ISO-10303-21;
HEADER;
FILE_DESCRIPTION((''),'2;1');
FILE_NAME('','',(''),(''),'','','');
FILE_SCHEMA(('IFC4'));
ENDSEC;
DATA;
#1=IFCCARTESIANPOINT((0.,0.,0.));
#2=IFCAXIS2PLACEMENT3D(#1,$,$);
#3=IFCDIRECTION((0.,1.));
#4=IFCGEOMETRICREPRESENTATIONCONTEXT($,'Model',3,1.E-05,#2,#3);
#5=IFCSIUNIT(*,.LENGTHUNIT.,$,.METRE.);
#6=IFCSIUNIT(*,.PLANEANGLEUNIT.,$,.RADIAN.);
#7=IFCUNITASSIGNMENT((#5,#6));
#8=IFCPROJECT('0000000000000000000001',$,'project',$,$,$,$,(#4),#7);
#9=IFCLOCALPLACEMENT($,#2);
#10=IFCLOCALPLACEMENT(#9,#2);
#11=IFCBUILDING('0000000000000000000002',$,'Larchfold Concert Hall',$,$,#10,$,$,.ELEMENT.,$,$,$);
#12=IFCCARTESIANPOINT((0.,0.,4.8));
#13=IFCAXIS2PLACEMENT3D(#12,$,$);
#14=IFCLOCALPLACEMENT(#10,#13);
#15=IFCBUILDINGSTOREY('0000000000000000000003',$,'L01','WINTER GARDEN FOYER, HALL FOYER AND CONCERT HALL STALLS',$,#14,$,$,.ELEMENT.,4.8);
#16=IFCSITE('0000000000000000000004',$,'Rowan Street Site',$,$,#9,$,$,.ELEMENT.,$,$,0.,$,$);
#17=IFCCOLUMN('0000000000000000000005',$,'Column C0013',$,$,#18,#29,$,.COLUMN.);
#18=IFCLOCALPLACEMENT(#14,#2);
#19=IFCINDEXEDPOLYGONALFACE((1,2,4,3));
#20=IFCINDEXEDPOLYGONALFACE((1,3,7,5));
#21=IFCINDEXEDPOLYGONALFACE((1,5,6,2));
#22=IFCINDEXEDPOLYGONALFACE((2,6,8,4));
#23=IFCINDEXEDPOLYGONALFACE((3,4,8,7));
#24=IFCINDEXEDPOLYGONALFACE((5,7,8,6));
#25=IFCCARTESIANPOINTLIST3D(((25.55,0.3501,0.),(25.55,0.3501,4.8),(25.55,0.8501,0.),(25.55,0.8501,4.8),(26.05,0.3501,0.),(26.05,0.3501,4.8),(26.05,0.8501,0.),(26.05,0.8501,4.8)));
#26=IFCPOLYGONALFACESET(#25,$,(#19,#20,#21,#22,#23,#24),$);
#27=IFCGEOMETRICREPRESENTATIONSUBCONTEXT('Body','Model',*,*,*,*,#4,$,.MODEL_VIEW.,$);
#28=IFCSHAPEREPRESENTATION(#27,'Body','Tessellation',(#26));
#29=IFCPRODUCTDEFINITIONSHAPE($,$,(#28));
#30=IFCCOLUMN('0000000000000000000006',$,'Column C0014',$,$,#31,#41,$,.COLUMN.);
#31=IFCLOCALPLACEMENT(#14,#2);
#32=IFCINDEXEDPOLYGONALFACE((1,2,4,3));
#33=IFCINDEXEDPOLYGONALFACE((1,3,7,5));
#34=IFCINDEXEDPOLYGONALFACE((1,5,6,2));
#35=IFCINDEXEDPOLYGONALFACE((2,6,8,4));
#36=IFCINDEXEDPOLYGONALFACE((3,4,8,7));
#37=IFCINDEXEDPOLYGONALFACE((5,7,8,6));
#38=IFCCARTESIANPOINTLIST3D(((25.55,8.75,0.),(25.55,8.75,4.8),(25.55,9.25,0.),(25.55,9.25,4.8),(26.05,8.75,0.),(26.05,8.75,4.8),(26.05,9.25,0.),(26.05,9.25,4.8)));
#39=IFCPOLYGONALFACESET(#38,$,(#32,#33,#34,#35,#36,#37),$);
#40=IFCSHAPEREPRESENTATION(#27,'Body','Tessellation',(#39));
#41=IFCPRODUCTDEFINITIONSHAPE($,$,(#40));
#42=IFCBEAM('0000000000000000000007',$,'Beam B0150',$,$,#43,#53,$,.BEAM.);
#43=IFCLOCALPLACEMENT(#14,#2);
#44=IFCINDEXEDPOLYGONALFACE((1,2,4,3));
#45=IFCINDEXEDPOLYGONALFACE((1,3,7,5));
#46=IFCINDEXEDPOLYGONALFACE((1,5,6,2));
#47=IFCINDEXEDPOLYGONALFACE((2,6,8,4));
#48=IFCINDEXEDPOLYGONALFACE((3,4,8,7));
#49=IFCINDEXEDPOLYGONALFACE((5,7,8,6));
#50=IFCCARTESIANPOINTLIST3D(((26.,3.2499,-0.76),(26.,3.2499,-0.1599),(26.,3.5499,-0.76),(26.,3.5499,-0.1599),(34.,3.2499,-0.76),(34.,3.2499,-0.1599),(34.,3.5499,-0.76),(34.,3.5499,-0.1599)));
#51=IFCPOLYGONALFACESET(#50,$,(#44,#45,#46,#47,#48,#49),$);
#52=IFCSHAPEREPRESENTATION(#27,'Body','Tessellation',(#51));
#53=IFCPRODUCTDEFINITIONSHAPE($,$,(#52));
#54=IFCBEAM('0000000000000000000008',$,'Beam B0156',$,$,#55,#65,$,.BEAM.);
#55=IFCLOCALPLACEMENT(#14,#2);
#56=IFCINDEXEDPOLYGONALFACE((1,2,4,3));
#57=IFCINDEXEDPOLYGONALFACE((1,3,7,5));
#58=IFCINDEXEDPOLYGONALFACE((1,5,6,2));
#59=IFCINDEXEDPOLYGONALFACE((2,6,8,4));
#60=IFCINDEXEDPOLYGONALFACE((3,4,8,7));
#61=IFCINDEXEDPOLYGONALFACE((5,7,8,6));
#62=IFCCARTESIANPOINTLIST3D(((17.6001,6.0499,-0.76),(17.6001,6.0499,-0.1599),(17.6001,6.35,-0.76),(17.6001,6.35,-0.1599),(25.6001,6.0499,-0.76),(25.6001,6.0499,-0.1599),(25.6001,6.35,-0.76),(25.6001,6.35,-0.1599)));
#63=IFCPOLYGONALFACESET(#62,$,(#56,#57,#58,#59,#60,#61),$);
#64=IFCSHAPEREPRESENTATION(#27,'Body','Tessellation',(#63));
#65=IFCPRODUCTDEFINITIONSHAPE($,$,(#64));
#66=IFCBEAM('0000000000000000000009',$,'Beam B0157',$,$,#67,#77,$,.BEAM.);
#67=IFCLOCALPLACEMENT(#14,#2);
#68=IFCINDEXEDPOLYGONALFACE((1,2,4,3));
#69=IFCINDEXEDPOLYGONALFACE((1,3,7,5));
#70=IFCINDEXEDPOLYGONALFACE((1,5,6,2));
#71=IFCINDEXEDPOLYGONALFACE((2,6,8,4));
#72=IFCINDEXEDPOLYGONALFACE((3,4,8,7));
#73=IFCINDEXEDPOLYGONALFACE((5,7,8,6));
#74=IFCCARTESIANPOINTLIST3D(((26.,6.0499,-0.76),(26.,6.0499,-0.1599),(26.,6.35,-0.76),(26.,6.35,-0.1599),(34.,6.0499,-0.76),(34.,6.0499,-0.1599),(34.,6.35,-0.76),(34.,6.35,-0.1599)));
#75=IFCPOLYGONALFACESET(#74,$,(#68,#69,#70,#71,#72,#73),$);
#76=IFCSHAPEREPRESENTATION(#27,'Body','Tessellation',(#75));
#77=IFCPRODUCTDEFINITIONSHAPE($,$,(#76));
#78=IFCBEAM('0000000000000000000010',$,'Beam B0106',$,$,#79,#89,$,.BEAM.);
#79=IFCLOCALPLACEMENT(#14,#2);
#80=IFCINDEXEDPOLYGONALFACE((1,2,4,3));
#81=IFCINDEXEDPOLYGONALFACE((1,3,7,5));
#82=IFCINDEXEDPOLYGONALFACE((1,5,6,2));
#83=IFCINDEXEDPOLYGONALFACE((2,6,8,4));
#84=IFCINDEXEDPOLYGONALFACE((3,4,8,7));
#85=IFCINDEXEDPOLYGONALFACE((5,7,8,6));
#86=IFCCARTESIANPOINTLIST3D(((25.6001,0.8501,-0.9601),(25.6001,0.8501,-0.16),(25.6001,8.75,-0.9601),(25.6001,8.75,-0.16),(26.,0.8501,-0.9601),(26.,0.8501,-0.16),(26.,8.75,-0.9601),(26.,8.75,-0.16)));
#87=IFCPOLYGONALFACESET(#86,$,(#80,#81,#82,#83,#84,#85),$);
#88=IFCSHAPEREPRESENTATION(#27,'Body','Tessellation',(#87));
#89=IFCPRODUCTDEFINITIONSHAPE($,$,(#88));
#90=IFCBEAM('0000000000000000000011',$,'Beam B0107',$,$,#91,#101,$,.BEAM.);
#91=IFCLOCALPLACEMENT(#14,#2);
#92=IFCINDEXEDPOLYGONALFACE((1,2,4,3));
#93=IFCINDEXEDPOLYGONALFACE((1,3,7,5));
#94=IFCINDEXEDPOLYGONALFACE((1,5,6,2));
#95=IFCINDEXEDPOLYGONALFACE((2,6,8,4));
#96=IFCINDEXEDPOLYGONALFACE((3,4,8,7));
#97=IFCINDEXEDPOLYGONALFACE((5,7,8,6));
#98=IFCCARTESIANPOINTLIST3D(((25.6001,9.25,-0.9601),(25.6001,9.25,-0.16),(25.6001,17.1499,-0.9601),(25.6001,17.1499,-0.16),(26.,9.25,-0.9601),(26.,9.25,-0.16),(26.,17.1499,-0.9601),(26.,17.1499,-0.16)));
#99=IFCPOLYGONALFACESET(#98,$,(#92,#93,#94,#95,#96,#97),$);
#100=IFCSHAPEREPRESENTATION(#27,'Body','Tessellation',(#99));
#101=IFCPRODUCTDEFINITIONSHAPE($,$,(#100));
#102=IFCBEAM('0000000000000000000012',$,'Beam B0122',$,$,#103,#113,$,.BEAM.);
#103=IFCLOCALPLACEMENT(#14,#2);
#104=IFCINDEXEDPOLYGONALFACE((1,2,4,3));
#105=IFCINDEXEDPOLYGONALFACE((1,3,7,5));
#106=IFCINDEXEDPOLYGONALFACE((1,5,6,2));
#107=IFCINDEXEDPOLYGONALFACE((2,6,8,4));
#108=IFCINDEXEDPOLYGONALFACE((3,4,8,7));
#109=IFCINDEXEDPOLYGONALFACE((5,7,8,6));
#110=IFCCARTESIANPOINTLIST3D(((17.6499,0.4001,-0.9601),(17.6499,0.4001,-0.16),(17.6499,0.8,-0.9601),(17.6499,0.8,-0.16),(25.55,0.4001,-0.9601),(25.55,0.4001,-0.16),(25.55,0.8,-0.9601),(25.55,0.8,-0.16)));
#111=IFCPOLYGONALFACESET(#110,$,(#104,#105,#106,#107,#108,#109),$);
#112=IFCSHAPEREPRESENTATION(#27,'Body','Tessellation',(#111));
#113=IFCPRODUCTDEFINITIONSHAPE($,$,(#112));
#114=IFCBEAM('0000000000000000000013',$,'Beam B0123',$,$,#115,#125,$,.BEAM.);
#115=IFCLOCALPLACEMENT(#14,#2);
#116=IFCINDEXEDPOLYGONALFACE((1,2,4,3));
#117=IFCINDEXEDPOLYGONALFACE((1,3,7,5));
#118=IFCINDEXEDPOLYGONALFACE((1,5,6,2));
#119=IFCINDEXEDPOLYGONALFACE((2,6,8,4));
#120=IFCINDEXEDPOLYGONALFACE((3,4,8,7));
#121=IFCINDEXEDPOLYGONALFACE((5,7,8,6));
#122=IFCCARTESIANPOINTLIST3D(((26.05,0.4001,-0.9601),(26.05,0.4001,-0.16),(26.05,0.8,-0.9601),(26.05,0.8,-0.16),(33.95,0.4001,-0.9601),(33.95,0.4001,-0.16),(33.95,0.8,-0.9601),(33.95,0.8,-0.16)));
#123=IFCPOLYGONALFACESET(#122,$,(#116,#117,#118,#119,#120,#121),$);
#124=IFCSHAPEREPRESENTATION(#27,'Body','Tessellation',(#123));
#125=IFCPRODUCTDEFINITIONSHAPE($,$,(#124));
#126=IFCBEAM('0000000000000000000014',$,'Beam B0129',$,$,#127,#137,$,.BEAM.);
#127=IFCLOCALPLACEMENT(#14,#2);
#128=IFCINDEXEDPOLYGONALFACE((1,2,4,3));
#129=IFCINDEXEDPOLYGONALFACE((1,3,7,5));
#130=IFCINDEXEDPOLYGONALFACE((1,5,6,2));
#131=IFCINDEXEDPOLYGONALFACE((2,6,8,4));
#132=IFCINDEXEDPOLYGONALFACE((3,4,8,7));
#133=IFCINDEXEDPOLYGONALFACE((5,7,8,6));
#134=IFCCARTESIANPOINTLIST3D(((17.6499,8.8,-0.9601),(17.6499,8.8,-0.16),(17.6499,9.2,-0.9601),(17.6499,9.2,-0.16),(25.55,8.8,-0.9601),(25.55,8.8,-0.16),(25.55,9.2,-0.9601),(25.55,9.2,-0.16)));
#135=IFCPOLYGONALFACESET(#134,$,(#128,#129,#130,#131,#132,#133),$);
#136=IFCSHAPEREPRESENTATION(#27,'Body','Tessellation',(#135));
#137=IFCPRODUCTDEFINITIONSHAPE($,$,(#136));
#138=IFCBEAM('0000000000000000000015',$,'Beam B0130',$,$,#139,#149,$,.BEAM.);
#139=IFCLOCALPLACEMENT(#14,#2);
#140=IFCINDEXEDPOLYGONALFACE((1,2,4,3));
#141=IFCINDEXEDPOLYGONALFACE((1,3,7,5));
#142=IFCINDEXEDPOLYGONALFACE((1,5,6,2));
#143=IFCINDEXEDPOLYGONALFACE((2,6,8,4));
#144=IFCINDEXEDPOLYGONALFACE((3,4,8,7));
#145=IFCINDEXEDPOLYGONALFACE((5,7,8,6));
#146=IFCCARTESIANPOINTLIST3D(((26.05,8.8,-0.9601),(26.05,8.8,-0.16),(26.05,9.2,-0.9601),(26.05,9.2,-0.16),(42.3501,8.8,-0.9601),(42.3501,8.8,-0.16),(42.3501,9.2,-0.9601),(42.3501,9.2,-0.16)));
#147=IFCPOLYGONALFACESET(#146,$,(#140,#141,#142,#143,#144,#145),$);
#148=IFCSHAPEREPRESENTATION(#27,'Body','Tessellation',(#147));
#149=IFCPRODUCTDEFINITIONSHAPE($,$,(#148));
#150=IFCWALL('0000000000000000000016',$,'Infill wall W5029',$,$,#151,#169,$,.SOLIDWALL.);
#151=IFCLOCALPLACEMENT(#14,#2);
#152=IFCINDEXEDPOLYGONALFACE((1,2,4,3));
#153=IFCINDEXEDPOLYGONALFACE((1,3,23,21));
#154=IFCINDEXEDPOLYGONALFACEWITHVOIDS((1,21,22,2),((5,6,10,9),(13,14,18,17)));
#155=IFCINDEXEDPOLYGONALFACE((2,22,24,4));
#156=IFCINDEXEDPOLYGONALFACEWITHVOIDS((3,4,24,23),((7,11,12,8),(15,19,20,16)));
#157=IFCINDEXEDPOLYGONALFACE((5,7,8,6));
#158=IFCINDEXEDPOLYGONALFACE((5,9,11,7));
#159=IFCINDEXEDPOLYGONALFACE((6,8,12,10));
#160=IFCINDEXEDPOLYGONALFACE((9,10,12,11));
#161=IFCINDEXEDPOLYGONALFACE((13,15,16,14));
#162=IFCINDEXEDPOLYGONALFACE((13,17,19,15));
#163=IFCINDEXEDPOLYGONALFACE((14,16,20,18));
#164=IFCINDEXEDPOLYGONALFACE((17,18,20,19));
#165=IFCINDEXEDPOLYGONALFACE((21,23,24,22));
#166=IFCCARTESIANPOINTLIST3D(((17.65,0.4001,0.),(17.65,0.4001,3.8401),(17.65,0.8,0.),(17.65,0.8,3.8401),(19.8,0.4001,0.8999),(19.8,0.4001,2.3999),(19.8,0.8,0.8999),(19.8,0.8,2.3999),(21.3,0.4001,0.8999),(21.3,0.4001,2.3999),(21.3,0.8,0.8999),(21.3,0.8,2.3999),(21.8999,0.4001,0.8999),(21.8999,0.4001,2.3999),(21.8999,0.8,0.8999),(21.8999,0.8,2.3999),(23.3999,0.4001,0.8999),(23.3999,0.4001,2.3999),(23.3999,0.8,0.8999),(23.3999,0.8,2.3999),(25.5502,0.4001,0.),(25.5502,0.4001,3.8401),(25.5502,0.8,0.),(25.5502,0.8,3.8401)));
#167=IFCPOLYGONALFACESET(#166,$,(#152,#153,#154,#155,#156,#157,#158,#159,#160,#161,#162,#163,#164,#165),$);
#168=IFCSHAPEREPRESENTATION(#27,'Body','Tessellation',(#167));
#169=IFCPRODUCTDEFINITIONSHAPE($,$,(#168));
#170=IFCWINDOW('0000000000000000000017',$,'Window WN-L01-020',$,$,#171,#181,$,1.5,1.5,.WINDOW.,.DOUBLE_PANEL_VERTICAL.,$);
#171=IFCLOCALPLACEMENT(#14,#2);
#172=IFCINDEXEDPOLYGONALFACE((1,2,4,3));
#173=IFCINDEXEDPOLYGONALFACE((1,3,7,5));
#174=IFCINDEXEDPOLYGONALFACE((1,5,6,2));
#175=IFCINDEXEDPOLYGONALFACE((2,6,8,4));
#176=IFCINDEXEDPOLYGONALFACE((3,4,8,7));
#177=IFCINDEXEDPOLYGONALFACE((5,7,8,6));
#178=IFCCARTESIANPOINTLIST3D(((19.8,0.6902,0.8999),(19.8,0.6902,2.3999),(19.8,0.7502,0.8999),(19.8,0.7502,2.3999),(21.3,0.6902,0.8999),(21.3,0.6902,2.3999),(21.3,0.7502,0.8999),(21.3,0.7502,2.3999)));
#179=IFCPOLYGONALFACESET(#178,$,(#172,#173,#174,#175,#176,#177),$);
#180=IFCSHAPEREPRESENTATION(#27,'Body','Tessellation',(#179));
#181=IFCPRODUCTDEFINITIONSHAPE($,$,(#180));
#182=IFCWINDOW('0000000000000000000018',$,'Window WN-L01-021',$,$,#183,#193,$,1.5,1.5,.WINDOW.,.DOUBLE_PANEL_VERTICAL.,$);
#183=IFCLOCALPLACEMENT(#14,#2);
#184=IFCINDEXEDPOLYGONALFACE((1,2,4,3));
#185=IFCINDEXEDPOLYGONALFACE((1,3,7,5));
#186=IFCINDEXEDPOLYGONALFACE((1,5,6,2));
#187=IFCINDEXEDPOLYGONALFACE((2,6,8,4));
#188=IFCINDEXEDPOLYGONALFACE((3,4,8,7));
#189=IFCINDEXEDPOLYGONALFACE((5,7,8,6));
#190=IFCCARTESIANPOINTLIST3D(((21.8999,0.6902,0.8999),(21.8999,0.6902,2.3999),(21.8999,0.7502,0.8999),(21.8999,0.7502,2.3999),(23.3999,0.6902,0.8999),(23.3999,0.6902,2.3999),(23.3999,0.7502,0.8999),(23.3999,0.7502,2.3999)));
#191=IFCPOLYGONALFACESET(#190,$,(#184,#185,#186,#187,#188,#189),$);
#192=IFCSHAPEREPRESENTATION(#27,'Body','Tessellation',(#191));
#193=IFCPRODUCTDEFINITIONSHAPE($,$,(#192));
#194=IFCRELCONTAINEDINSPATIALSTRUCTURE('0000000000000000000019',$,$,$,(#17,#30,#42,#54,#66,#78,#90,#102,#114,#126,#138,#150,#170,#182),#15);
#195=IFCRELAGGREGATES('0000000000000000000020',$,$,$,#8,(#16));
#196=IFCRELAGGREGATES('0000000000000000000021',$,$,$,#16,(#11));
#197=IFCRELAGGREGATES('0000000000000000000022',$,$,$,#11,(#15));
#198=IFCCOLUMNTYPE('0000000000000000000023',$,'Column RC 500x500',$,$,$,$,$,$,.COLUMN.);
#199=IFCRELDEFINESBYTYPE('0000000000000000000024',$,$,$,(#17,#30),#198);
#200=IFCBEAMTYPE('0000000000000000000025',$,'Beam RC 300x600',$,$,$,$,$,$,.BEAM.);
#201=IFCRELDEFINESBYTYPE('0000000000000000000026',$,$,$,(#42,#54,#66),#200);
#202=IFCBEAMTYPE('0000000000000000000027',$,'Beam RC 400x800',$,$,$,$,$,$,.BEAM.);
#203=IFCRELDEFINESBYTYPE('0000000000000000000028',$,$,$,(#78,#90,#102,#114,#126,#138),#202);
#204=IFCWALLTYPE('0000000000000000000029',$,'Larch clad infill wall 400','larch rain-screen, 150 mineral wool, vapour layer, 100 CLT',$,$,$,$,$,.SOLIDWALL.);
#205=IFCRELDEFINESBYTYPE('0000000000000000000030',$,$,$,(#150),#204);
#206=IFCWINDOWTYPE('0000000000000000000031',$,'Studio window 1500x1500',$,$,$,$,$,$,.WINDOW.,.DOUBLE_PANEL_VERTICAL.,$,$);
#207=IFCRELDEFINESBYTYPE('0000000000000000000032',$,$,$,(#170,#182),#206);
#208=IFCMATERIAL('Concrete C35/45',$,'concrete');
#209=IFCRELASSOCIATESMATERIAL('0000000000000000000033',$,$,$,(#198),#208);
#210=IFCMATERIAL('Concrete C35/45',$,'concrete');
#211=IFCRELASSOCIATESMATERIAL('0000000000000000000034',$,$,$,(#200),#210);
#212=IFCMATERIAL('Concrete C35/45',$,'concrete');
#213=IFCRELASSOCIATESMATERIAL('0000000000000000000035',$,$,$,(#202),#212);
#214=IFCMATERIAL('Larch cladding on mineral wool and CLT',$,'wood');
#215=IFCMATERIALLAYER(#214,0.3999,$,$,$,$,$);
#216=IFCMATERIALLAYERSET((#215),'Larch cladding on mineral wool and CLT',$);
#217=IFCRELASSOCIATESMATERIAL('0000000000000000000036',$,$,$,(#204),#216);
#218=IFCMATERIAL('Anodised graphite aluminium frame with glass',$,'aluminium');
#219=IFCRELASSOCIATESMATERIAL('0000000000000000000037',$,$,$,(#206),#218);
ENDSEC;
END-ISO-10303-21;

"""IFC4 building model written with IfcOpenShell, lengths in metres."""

from ifc_helpers import new_model, si_unit, direction, frame, frame_2d, origin, origin_2d, place, context, subcontext, project, spatial, rectangle, extrude, material, layer, layer_set, material_profile, profile_set, type_object, element, fill, save


model = new_model("IFC4")

# Units and contexts
model_context = context("Model", 3, precision=1e-05, world=origin(), true_north=direction((0.0, 1.0)))
body_context = subcontext(model_context, "Body", "Model", "MODEL_VIEW")
ifc_project = project(units=[si_unit("LENGTHUNIT", "METRE"), si_unit("PLANEANGLEUNIT", "RADIAN")], contexts=[model_context])

# Site, building, storey
site_placement = place(None, origin())
site = spatial("IfcSite", under=ifc_project, at=site_placement, Name="Rowan Street Site", CompositionType="ELEMENT", RefElevation=0.0)
building_placement = place(site_placement, origin())
building = spatial("IfcBuilding", under=site, at=building_placement, Name="Larchfold Concert Hall", CompositionType="ELEMENT")
storey_placement = place(building_placement, frame((0.0, 0.0, 4.8)))
storey = spatial("IfcBuildingStorey", under=building, at=storey_placement, Name="L01", Description="WINTER GARDEN FOYER, HALL FOYER AND CONCERT HALL STALLS", CompositionType="ELEMENT", Elevation=4.8)

# Columns
ifc_material_1 = material(Name="Concrete C35/45", Category="concrete")
ifc_material_profile_1 = material_profile(ifc_material_1, rectangle(XDim=0.5, YDim=0.5, at=origin_2d()))
ifc_profile_set_1 = profile_set([ifc_material_profile_1], Name="Concrete C35/45")
column_type = type_object("IfcColumnType", Name="Column RC 500x500", PredefinedType="COLUMN", material=ifc_profile_set_1)
for number, where, z_axis, x_axis, name in (
    (1, (25.8, 0.6001, 0.0), (0.0, 0.0, 1.0), (1.0, 0.0, 0.0), "Column C0013"),
    (2, (25.8, 9.0, 0.0), (0.0, 0.0, 1.0), (1.0, 0.0, 0.0), "Column C0014"),
):
    element("IfcColumn", number, at=place(storey_placement, frame(where, z_axis=z_axis, x_axis=x_axis)), inside=storey, type_object=column_type, Name=name, PredefinedType="COLUMN", context=body_context, shape_type="SweptSolid", body=[
        extrude(rectangle(XDim=0.5, YDim=0.5, at=origin_2d()), origin(), (0.0, 0.0, 1.0), 4.8),
    ])

# Beams
ifc_material_2 = material(Name="Concrete C35/45", Category="concrete")
ifc_material_profile_2 = material_profile(ifc_material_2, rectangle(XDim=0.3, YDim=0.6001, at=origin_2d()))
ifc_profile_set_2 = profile_set([ifc_material_profile_2], Name="Concrete C35/45")
beam_type_1 = type_object("IfcBeamType", Name="Beam RC 300x600", PredefinedType="BEAM", material=ifc_profile_set_2)
for number, where, z_axis, x_axis, name in (
    (3, (26.0, 3.3999, -0.46), (1.0, 0.0, 0.0), (0.0, 1.0, 0.0), "Beam B0150"),
    (4, (17.6001, 6.2, -0.46), (1.0, 0.0, 0.0), (0.0, 1.0, 0.0), "Beam B0156"),
    (5, (26.0, 6.2, -0.46), (1.0, 0.0, 0.0), (0.0, 1.0, 0.0), "Beam B0157"),
):
    element("IfcBeam", number, at=place(storey_placement, frame(where, z_axis=z_axis, x_axis=x_axis)), inside=storey, type_object=beam_type_1, Name=name, PredefinedType="BEAM", context=body_context, shape_type="SweptSolid", body=[
        extrude(rectangle(XDim=0.3, YDim=0.6001, at=origin_2d()), origin(), (0.0, 0.0, 1.0), 8.0),
    ])
ifc_material_3 = material(Name="Concrete C35/45", Category="concrete")
ifc_material_profile_3 = material_profile(ifc_material_3, rectangle(XDim=0.3999, YDim=0.8, at=origin_2d()))
ifc_profile_set_3 = profile_set([ifc_material_profile_3], Name="Concrete C35/45")
beam_type_2 = type_object("IfcBeamType", Name="Beam RC 400x800", PredefinedType="BEAM", material=ifc_profile_set_3)
for number, where, z_axis, x_axis, name in (
    (6, (25.8, 0.8501, -0.5601), (0.0, 1.0, 0.0), (-1.0, 0.0, 0.0), "Beam B0106"),
    (7, (25.8, 9.25, -0.5601), (0.0, 1.0, 0.0), (-1.0, 0.0, 0.0), "Beam B0107"),
):
    element("IfcBeam", number, at=place(storey_placement, frame(where, z_axis=z_axis, x_axis=x_axis)), inside=storey, type_object=beam_type_2, Name=name, PredefinedType="BEAM", context=body_context, shape_type="SweptSolid", body=[
        extrude(rectangle(XDim=0.3999, YDim=0.8, at=origin_2d()), origin(), (0.0, 0.0, 1.0), 7.8999),
    ])
beam_1_placement = place(storey_placement, frame((17.6499, 0.6001, -0.5601), z_axis=(1.0, 0.0, 0.0), x_axis=(0.0, 1.0, 0.0)))
element("IfcBeam", 8, at=beam_1_placement, inside=storey, type_object=beam_type_2, Name="Beam B0122", PredefinedType="BEAM", context=body_context, shape_type="SweptSolid", body=[
    extrude(rectangle(XDim=0.3999, YDim=0.8, at=origin_2d()), origin(), (0.0, 0.0, 1.0), 7.9001),
])
beam_2_placement = place(storey_placement, frame((26.05, 0.6001, -0.5601), z_axis=(1.0, 0.0, 0.0), x_axis=(0.0, 1.0, 0.0)))
element("IfcBeam", 9, at=beam_2_placement, inside=storey, type_object=beam_type_2, Name="Beam B0123", PredefinedType="BEAM", context=body_context, shape_type="SweptSolid", body=[
    extrude(rectangle(XDim=0.3999, YDim=0.8, at=origin_2d()), origin(), (0.0, 0.0, 1.0), 7.8999),
])
beam_3_placement = place(storey_placement, frame((17.6499, 9.0, -0.5601), z_axis=(1.0, 0.0, 0.0), x_axis=(0.0, 1.0, 0.0)))
element("IfcBeam", 10, at=beam_3_placement, inside=storey, type_object=beam_type_2, Name="Beam B0129", PredefinedType="BEAM", context=body_context, shape_type="SweptSolid", body=[
    extrude(rectangle(XDim=0.3999, YDim=0.8, at=origin_2d()), origin(), (0.0, 0.0, 1.0), 7.9001),
])
beam_4_placement = place(storey_placement, frame((26.05, 9.0, -0.5601), z_axis=(1.0, 0.0, 0.0), x_axis=(0.0, 1.0, 0.0)))
element("IfcBeam", 11, at=beam_4_placement, inside=storey, type_object=beam_type_2, Name="Beam B0130", PredefinedType="BEAM", context=body_context, shape_type="SweptSolid", body=[
    extrude(rectangle(XDim=0.3999, YDim=0.8, at=origin_2d()), origin(), (0.0, 0.0, 1.0), 16.3),
])

# Wall, openings, windows
ifc_material_4 = material(Name="Larch cladding on mineral wool and CLT", Category="wood")
ifc_layer_1 = layer(ifc_material_4, 0.3999)
ifc_layer_set_1 = layer_set([ifc_layer_1], Name="Larch cladding on mineral wool and CLT")
wall_type = type_object("IfcWallType", Name="Larch clad infill wall 400", Description="larch rain-screen, 150 mineral wool, vapour layer, 100 CLT", PredefinedType="SOLIDWALL", material=ifc_layer_set_1)
wall_1_placement = place(storey_placement, frame((17.6499, 0.6001, 0.0), z_axis=(0.0, 0.0, 1.0), x_axis=(1.0, 0.0, 0.0)))
wall_1 = element("IfcWall", 12, at=wall_1_placement, inside=storey, type_object=wall_type, Name="Infill wall W5029", PredefinedType="SOLIDWALL", context=body_context, shape_type="SweptSolid", body=[
    extrude(rectangle(XDim=7.9001, YDim=0.3999, at=frame_2d((3.9502, 0.0))), origin(), (0.0, 0.0, 1.0), 3.8401),
])
opening_1_placement = place(wall_1_placement, frame((2.1501, 0.0, 0.8999)))
opening_1 = element("IfcOpeningElement", 13, at=opening_1_placement, cuts=wall_1, PredefinedType="OPENING", context=body_context, shape_type="SweptSolid", body=[
    extrude(rectangle(XDim=1.5, YDim=1.5, at=frame_2d((0.75, 0.75))), frame((0.0, 0.21, 0.0), z_axis=(0.0, -1.0, 0.0), x_axis=(1.0, 0.0, 0.0)), (0.0, 0.0, 1.0), 0.4199),
])
opening_2_placement = place(wall_1_placement, frame((4.25, 0.0, 0.8999)))
opening_2 = element("IfcOpeningElement", 14, at=opening_2_placement, cuts=wall_1, PredefinedType="OPENING", context=body_context, shape_type="SweptSolid", body=[
    extrude(rectangle(XDim=1.5, YDim=1.5, at=frame_2d((0.75, 0.75))), frame((0.0, 0.21, 0.0), z_axis=(0.0, -1.0, 0.0), x_axis=(1.0, 0.0, 0.0)), (0.0, 0.0, 1.0), 0.4199),
])
ifc_material_5 = material(Name="Anodised graphite aluminium frame with glass", Category="aluminium")
window_type = type_object("IfcWindowType", Name="Studio window 1500x1500", PartitioningType="DOUBLE_PANEL_VERTICAL", PredefinedType="WINDOW", material=ifc_material_5)
window_1_placement = place(opening_1_placement, origin())
window_1 = element("IfcWindow", 15, at=window_1_placement, inside=storey, type_object=window_type, Name="Window WN-L01-020", OverallHeight=1.5, OverallWidth=1.5, PartitioningType="DOUBLE_PANEL_VERTICAL", PredefinedType="WINDOW", context=body_context, shape_type="SweptSolid", body=[
    extrude(rectangle(XDim=1.5, YDim=1.5, at=frame_2d((0.75, 0.75))), frame((0.0, 0.1501, 0.0), z_axis=(0.0, -1.0, 0.0), x_axis=(1.0, 0.0, 0.0)), (0.0, 0.0, 1.0), 0.0601),
])
fill(opening_1, window_1)
window_2_placement = place(opening_2_placement, origin())
window_2 = element("IfcWindow", 16, at=window_2_placement, inside=storey, type_object=window_type, Name="Window WN-L01-021", OverallHeight=1.5, OverallWidth=1.5, PartitioningType="DOUBLE_PANEL_VERTICAL", PredefinedType="WINDOW", context=body_context, shape_type="SweptSolid", body=[
    extrude(rectangle(XDim=1.5, YDim=1.5, at=frame_2d((0.75, 0.75))), frame((0.0, 0.1501, 0.0), z_axis=(0.0, -1.0, 0.0), x_axis=(1.0, 0.0, 0.0)), (0.0, 0.0, 1.0), 0.0601),
])
fill(opening_2, window_2)

save(model, "model.ifc")
